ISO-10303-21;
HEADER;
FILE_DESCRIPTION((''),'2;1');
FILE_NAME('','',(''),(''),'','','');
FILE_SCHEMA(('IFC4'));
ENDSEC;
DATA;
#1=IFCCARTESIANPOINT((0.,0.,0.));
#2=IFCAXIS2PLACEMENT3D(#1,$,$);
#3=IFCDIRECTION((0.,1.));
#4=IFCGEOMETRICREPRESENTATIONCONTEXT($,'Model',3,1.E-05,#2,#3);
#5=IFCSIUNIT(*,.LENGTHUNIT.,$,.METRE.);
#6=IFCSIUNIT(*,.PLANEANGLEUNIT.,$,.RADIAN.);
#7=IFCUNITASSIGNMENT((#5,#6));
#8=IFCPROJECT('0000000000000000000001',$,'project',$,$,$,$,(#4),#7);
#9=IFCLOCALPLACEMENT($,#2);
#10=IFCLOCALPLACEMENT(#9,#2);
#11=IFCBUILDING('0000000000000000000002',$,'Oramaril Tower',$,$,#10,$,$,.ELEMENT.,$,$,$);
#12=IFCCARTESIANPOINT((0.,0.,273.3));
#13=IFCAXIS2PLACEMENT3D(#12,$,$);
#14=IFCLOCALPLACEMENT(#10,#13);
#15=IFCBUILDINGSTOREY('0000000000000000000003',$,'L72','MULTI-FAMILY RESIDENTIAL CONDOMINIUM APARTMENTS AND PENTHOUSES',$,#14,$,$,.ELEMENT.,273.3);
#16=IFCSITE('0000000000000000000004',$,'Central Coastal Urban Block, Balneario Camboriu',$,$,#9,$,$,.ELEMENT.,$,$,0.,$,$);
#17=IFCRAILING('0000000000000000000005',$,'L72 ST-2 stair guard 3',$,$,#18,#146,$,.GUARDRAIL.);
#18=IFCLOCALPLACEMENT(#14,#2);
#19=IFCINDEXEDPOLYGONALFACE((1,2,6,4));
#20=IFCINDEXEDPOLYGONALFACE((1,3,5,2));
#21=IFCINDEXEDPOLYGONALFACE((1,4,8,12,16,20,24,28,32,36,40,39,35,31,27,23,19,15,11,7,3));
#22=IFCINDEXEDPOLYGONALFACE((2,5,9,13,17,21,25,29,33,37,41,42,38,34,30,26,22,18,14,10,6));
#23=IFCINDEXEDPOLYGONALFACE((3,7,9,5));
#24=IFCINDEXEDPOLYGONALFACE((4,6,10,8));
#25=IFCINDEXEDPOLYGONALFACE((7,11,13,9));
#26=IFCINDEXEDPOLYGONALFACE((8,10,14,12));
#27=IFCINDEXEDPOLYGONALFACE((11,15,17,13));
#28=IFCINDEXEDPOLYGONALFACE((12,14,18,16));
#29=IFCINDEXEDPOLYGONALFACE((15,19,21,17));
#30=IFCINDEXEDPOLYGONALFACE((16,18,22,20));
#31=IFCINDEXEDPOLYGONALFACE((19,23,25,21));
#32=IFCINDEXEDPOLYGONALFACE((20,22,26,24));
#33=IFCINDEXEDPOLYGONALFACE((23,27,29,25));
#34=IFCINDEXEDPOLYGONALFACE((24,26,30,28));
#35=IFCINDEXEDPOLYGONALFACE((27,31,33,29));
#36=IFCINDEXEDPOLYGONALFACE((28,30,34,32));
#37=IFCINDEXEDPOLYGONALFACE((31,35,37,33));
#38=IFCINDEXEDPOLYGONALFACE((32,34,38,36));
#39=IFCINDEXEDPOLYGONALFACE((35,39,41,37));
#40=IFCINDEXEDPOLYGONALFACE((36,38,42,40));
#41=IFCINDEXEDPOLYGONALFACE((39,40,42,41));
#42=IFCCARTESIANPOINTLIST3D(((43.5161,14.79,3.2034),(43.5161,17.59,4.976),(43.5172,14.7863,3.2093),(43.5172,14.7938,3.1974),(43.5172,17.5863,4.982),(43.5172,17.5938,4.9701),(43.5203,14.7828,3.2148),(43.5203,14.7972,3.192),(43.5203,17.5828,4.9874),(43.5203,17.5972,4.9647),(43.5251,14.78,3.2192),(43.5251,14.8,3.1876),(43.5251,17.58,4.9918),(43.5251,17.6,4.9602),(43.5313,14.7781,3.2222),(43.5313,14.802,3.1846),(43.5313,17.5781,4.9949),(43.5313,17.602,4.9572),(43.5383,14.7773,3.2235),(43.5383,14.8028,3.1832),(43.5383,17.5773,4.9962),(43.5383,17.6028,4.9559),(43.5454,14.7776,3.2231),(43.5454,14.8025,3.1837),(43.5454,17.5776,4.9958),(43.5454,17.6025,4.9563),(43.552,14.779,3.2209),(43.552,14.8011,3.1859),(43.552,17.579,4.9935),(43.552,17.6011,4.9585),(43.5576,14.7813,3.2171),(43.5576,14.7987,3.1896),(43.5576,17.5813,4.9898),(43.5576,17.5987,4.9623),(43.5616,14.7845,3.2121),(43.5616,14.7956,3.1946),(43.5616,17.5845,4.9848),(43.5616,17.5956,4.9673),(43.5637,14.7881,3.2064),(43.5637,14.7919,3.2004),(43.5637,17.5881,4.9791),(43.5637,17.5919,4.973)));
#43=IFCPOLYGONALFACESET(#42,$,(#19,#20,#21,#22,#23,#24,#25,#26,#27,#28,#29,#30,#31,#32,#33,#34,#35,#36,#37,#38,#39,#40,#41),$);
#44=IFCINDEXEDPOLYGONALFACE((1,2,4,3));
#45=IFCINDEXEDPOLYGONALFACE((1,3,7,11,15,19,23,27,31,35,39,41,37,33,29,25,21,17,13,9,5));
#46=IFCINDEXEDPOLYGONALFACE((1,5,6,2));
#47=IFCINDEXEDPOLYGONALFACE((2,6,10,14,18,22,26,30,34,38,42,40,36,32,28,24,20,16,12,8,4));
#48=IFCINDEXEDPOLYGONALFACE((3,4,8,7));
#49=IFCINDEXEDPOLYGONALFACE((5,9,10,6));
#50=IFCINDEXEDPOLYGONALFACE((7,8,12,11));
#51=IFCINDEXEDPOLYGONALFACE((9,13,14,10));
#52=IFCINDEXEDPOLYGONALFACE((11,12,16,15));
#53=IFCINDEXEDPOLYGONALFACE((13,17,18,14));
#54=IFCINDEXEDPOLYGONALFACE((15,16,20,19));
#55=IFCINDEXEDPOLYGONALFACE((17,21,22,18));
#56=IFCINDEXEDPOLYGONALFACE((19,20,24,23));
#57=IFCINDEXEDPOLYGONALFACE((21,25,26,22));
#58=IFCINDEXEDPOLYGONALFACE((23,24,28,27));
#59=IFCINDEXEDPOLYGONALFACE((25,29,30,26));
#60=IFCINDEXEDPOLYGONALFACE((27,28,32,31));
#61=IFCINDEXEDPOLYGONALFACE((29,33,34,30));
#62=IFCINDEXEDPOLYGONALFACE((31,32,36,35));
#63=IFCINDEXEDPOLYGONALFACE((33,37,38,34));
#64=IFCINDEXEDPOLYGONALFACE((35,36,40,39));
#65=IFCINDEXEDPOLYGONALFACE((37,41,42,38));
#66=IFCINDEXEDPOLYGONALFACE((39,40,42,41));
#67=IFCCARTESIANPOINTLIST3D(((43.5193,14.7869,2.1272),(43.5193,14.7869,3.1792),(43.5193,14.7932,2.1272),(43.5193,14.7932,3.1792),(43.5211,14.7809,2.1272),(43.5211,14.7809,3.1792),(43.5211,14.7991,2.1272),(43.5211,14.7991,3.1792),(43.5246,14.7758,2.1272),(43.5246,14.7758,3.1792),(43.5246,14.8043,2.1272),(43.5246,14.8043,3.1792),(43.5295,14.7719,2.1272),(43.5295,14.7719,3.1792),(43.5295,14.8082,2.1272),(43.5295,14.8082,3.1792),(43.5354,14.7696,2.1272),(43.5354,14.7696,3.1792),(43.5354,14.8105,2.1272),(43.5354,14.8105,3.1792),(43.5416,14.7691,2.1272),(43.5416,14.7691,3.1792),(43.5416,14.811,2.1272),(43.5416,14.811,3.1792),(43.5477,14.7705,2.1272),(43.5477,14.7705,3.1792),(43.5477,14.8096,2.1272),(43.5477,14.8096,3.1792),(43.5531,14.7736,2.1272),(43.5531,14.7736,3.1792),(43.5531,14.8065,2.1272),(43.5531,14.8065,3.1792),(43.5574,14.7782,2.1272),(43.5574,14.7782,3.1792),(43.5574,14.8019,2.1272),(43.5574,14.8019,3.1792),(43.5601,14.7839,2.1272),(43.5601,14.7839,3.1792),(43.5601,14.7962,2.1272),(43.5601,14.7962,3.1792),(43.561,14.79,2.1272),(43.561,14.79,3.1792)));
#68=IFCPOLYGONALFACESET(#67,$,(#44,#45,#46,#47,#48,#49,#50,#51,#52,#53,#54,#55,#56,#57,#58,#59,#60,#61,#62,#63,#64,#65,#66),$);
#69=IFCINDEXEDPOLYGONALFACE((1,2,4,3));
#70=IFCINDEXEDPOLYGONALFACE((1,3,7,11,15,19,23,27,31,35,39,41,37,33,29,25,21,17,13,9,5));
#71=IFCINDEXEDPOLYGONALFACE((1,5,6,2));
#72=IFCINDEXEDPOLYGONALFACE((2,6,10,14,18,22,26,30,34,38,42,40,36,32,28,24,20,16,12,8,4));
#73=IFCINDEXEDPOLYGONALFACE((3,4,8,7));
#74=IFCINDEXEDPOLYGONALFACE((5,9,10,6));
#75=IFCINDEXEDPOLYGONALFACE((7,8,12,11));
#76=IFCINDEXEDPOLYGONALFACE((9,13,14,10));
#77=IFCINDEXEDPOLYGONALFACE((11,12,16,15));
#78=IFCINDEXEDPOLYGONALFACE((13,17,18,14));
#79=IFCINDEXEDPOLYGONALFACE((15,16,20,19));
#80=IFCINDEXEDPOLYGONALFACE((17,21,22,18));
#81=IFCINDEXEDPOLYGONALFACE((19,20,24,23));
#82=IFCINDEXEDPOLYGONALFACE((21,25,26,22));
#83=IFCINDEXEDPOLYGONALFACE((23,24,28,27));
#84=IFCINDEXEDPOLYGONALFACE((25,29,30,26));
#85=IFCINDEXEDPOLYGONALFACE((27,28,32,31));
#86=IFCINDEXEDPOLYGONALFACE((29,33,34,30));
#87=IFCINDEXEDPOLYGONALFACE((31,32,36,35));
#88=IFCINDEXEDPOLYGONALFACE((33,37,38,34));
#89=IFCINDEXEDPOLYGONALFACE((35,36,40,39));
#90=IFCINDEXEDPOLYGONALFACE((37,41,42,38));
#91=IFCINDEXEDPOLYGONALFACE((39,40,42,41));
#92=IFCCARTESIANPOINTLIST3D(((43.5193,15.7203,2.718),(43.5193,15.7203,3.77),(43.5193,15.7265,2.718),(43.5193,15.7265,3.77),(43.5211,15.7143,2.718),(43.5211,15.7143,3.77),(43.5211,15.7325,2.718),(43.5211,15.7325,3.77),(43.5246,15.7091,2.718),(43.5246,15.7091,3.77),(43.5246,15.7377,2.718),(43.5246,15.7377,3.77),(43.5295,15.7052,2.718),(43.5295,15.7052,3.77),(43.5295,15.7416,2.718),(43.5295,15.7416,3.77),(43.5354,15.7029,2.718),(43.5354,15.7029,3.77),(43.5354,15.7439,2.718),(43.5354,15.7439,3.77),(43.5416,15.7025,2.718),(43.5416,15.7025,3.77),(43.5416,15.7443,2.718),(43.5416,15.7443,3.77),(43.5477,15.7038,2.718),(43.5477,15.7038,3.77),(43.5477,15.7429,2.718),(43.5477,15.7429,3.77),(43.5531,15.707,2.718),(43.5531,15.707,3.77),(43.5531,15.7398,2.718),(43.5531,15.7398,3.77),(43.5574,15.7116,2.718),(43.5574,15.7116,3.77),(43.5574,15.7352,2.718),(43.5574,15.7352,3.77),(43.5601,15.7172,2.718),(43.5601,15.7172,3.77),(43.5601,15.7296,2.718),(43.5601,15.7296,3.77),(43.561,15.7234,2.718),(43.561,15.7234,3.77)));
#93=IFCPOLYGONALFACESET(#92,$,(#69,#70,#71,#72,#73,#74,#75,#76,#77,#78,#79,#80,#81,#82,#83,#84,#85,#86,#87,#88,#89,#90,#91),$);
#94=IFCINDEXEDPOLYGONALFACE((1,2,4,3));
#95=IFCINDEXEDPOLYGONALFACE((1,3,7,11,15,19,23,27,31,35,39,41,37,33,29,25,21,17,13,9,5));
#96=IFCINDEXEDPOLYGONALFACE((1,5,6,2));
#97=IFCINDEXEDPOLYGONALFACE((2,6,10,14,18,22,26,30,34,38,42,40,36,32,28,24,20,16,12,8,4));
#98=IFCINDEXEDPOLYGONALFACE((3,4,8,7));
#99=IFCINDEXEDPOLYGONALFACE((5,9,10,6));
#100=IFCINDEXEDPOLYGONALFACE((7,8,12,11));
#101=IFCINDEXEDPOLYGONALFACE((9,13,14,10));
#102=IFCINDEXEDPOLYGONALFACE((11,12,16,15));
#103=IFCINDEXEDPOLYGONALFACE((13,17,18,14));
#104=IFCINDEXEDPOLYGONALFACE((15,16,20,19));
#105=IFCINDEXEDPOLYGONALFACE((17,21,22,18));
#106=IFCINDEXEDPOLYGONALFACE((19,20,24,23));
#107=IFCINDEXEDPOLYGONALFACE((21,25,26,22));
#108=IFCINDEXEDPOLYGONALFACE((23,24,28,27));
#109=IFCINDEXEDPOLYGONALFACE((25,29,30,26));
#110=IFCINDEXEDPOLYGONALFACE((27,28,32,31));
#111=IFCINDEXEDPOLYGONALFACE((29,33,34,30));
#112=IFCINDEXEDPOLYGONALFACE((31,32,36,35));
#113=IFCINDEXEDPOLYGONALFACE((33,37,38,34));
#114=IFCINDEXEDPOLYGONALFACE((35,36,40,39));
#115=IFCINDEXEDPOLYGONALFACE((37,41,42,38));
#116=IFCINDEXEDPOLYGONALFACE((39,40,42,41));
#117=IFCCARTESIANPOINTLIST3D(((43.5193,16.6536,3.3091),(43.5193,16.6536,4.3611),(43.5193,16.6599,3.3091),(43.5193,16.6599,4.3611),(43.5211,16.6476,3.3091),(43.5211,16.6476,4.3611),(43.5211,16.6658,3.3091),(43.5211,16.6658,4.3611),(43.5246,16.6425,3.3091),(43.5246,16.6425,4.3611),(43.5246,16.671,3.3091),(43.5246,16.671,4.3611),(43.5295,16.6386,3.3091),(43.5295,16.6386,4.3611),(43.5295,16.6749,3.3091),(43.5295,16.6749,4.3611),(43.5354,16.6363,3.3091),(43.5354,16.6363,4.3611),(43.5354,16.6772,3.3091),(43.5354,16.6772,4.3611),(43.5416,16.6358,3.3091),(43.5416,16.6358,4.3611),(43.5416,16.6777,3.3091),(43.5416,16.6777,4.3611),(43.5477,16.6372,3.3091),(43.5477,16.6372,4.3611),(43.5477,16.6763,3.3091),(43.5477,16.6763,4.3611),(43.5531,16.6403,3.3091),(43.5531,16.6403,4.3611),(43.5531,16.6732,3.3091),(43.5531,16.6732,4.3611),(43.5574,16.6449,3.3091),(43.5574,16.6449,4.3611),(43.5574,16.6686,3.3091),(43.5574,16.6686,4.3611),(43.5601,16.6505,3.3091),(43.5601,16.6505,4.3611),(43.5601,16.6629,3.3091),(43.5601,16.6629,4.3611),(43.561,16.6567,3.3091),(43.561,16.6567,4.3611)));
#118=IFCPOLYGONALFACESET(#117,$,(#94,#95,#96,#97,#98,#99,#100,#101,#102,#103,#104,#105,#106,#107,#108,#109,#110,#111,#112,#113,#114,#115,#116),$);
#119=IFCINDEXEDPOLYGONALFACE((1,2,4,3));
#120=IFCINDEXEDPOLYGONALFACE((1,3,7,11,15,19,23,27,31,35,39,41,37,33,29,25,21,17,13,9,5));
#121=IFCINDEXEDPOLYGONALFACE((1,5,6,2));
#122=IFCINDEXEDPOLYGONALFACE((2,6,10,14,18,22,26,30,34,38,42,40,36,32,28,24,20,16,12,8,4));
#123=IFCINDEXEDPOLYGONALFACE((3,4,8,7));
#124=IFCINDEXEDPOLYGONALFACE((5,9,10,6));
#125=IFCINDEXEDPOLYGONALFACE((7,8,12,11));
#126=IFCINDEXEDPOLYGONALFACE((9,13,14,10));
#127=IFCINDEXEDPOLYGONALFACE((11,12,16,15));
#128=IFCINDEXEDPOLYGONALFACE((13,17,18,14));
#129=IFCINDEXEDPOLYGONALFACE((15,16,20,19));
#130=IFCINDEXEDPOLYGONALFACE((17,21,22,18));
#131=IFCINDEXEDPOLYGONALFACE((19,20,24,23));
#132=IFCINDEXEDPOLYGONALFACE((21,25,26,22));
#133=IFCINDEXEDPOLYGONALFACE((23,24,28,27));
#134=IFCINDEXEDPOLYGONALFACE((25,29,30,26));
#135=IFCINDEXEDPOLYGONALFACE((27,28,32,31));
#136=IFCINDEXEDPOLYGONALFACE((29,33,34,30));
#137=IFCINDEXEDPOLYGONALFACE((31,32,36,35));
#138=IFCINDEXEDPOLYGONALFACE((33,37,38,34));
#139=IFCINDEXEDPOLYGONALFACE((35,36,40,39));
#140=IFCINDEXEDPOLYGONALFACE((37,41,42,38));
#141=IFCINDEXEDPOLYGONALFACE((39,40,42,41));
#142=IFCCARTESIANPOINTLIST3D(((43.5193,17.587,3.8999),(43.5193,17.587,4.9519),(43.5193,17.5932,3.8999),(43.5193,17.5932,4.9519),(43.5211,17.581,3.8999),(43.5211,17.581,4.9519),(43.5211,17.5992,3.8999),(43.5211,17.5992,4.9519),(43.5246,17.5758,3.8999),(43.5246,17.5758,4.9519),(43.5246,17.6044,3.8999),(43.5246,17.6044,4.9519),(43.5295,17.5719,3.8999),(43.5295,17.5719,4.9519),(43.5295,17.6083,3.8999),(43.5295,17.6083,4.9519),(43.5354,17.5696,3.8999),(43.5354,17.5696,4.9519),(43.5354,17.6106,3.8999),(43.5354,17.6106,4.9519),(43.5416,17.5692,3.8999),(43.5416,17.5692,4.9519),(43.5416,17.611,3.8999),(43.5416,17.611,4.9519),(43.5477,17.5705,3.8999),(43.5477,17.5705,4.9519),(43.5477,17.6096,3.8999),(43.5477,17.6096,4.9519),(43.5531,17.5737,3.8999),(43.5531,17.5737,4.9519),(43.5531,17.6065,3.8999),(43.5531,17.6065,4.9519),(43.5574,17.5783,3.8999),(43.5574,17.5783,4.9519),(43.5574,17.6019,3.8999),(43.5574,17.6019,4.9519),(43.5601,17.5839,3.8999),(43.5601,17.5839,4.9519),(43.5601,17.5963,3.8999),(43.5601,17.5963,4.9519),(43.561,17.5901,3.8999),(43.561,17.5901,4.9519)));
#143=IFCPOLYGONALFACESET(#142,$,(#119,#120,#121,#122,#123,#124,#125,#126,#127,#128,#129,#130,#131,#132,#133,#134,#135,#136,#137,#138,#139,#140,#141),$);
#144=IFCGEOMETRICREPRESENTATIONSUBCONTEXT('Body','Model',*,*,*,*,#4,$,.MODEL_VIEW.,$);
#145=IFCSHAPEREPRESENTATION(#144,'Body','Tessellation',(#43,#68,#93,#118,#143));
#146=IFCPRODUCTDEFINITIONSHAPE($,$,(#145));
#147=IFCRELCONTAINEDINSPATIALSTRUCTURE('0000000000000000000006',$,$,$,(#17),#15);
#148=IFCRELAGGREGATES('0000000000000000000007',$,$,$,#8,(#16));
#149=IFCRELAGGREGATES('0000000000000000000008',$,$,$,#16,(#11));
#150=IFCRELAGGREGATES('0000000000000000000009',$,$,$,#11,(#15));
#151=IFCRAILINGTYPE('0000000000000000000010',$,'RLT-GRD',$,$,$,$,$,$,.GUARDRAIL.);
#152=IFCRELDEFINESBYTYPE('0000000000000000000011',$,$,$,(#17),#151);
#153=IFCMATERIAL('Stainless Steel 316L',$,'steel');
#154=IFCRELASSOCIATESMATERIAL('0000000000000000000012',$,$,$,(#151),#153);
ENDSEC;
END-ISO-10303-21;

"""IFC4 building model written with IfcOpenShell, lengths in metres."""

from ifc_helpers import new_model, si_unit, direction, frame, origin, origin_2d, place, context, subcontext, project, spatial, circle, extrude, material, type_object, element, save


model = new_model("IFC4")

# Units and contexts
model_context = context("Model", 3, precision=1e-05, world=origin(), true_north=direction((0.0, 1.0)))
body_context = subcontext(model_context, "Body", "Model", "MODEL_VIEW")
ifc_project = project(units=[si_unit("LENGTHUNIT", "METRE"), si_unit("PLANEANGLEUNIT", "RADIAN")], contexts=[model_context])

# Site, building, storey
site_placement = place(None, origin())
site = spatial("IfcSite", under=ifc_project, at=site_placement, Name="Central Coastal Urban Block, Balneario Camboriu", CompositionType="ELEMENT", RefElevation=0.0)
building_placement = place(site_placement, origin())
building = spatial("IfcBuilding", under=site, at=building_placement, Name="Oramaril Tower", CompositionType="ELEMENT")
storey_placement = place(building_placement, frame((0.0, 0.0, 273.3)))
storey = spatial("IfcBuildingStorey", under=building, at=storey_placement, Name="L72", Description="MULTI-FAMILY RESIDENTIAL CONDOMINIUM APARTMENTS AND PENTHOUSES", CompositionType="ELEMENT", Elevation=273.3)

# Railing
ifc_material_1 = material(Name="Stainless Steel 316L", Category="steel")
railing_type_1 = type_object("IfcRailingType", Name="RLT-GRD", PredefinedType="GUARDRAIL", material=ifc_material_1)
railing_1_placement = place(storey_placement, frame((43.54, 14.79, 2.1272)))
element("IfcRailing", 1, at=railing_1_placement, inside=storey, type_object=railing_type_1, Name="L72 ST-2 stair guard 3", PredefinedType="GUARDRAIL", context=body_context, shape_type="SweptSolid", body=[
    extrude(circle(Radius=0.0239, at=origin_2d()), frame((0.0, 0.0, 1.0762), z_axis=(0.0, 0.844909, 0.53491), x_axis=(-1.0, 0.0, 0.0)), (0.0, 0.0, 1.0), 3.314),
    extrude(circle(Radius=0.021, at=origin_2d()), origin(), (0.0, 0.0, 1.0), 1.052),
    extrude(circle(Radius=0.021, at=origin_2d()), frame((0.0, 0.9333, 0.5908)), (0.0, 0.0, 1.0), 1.052),
    extrude(circle(Radius=0.021, at=origin_2d()), frame((0.0, 1.8667, 1.1819)), (0.0, 0.0, 1.0), 1.052),
    extrude(circle(Radius=0.021, at=origin_2d()), frame((0.0, 2.8, 1.7727)), (0.0, 0.0, 1.0), 1.052),
])

save(model, "model.ifc")
